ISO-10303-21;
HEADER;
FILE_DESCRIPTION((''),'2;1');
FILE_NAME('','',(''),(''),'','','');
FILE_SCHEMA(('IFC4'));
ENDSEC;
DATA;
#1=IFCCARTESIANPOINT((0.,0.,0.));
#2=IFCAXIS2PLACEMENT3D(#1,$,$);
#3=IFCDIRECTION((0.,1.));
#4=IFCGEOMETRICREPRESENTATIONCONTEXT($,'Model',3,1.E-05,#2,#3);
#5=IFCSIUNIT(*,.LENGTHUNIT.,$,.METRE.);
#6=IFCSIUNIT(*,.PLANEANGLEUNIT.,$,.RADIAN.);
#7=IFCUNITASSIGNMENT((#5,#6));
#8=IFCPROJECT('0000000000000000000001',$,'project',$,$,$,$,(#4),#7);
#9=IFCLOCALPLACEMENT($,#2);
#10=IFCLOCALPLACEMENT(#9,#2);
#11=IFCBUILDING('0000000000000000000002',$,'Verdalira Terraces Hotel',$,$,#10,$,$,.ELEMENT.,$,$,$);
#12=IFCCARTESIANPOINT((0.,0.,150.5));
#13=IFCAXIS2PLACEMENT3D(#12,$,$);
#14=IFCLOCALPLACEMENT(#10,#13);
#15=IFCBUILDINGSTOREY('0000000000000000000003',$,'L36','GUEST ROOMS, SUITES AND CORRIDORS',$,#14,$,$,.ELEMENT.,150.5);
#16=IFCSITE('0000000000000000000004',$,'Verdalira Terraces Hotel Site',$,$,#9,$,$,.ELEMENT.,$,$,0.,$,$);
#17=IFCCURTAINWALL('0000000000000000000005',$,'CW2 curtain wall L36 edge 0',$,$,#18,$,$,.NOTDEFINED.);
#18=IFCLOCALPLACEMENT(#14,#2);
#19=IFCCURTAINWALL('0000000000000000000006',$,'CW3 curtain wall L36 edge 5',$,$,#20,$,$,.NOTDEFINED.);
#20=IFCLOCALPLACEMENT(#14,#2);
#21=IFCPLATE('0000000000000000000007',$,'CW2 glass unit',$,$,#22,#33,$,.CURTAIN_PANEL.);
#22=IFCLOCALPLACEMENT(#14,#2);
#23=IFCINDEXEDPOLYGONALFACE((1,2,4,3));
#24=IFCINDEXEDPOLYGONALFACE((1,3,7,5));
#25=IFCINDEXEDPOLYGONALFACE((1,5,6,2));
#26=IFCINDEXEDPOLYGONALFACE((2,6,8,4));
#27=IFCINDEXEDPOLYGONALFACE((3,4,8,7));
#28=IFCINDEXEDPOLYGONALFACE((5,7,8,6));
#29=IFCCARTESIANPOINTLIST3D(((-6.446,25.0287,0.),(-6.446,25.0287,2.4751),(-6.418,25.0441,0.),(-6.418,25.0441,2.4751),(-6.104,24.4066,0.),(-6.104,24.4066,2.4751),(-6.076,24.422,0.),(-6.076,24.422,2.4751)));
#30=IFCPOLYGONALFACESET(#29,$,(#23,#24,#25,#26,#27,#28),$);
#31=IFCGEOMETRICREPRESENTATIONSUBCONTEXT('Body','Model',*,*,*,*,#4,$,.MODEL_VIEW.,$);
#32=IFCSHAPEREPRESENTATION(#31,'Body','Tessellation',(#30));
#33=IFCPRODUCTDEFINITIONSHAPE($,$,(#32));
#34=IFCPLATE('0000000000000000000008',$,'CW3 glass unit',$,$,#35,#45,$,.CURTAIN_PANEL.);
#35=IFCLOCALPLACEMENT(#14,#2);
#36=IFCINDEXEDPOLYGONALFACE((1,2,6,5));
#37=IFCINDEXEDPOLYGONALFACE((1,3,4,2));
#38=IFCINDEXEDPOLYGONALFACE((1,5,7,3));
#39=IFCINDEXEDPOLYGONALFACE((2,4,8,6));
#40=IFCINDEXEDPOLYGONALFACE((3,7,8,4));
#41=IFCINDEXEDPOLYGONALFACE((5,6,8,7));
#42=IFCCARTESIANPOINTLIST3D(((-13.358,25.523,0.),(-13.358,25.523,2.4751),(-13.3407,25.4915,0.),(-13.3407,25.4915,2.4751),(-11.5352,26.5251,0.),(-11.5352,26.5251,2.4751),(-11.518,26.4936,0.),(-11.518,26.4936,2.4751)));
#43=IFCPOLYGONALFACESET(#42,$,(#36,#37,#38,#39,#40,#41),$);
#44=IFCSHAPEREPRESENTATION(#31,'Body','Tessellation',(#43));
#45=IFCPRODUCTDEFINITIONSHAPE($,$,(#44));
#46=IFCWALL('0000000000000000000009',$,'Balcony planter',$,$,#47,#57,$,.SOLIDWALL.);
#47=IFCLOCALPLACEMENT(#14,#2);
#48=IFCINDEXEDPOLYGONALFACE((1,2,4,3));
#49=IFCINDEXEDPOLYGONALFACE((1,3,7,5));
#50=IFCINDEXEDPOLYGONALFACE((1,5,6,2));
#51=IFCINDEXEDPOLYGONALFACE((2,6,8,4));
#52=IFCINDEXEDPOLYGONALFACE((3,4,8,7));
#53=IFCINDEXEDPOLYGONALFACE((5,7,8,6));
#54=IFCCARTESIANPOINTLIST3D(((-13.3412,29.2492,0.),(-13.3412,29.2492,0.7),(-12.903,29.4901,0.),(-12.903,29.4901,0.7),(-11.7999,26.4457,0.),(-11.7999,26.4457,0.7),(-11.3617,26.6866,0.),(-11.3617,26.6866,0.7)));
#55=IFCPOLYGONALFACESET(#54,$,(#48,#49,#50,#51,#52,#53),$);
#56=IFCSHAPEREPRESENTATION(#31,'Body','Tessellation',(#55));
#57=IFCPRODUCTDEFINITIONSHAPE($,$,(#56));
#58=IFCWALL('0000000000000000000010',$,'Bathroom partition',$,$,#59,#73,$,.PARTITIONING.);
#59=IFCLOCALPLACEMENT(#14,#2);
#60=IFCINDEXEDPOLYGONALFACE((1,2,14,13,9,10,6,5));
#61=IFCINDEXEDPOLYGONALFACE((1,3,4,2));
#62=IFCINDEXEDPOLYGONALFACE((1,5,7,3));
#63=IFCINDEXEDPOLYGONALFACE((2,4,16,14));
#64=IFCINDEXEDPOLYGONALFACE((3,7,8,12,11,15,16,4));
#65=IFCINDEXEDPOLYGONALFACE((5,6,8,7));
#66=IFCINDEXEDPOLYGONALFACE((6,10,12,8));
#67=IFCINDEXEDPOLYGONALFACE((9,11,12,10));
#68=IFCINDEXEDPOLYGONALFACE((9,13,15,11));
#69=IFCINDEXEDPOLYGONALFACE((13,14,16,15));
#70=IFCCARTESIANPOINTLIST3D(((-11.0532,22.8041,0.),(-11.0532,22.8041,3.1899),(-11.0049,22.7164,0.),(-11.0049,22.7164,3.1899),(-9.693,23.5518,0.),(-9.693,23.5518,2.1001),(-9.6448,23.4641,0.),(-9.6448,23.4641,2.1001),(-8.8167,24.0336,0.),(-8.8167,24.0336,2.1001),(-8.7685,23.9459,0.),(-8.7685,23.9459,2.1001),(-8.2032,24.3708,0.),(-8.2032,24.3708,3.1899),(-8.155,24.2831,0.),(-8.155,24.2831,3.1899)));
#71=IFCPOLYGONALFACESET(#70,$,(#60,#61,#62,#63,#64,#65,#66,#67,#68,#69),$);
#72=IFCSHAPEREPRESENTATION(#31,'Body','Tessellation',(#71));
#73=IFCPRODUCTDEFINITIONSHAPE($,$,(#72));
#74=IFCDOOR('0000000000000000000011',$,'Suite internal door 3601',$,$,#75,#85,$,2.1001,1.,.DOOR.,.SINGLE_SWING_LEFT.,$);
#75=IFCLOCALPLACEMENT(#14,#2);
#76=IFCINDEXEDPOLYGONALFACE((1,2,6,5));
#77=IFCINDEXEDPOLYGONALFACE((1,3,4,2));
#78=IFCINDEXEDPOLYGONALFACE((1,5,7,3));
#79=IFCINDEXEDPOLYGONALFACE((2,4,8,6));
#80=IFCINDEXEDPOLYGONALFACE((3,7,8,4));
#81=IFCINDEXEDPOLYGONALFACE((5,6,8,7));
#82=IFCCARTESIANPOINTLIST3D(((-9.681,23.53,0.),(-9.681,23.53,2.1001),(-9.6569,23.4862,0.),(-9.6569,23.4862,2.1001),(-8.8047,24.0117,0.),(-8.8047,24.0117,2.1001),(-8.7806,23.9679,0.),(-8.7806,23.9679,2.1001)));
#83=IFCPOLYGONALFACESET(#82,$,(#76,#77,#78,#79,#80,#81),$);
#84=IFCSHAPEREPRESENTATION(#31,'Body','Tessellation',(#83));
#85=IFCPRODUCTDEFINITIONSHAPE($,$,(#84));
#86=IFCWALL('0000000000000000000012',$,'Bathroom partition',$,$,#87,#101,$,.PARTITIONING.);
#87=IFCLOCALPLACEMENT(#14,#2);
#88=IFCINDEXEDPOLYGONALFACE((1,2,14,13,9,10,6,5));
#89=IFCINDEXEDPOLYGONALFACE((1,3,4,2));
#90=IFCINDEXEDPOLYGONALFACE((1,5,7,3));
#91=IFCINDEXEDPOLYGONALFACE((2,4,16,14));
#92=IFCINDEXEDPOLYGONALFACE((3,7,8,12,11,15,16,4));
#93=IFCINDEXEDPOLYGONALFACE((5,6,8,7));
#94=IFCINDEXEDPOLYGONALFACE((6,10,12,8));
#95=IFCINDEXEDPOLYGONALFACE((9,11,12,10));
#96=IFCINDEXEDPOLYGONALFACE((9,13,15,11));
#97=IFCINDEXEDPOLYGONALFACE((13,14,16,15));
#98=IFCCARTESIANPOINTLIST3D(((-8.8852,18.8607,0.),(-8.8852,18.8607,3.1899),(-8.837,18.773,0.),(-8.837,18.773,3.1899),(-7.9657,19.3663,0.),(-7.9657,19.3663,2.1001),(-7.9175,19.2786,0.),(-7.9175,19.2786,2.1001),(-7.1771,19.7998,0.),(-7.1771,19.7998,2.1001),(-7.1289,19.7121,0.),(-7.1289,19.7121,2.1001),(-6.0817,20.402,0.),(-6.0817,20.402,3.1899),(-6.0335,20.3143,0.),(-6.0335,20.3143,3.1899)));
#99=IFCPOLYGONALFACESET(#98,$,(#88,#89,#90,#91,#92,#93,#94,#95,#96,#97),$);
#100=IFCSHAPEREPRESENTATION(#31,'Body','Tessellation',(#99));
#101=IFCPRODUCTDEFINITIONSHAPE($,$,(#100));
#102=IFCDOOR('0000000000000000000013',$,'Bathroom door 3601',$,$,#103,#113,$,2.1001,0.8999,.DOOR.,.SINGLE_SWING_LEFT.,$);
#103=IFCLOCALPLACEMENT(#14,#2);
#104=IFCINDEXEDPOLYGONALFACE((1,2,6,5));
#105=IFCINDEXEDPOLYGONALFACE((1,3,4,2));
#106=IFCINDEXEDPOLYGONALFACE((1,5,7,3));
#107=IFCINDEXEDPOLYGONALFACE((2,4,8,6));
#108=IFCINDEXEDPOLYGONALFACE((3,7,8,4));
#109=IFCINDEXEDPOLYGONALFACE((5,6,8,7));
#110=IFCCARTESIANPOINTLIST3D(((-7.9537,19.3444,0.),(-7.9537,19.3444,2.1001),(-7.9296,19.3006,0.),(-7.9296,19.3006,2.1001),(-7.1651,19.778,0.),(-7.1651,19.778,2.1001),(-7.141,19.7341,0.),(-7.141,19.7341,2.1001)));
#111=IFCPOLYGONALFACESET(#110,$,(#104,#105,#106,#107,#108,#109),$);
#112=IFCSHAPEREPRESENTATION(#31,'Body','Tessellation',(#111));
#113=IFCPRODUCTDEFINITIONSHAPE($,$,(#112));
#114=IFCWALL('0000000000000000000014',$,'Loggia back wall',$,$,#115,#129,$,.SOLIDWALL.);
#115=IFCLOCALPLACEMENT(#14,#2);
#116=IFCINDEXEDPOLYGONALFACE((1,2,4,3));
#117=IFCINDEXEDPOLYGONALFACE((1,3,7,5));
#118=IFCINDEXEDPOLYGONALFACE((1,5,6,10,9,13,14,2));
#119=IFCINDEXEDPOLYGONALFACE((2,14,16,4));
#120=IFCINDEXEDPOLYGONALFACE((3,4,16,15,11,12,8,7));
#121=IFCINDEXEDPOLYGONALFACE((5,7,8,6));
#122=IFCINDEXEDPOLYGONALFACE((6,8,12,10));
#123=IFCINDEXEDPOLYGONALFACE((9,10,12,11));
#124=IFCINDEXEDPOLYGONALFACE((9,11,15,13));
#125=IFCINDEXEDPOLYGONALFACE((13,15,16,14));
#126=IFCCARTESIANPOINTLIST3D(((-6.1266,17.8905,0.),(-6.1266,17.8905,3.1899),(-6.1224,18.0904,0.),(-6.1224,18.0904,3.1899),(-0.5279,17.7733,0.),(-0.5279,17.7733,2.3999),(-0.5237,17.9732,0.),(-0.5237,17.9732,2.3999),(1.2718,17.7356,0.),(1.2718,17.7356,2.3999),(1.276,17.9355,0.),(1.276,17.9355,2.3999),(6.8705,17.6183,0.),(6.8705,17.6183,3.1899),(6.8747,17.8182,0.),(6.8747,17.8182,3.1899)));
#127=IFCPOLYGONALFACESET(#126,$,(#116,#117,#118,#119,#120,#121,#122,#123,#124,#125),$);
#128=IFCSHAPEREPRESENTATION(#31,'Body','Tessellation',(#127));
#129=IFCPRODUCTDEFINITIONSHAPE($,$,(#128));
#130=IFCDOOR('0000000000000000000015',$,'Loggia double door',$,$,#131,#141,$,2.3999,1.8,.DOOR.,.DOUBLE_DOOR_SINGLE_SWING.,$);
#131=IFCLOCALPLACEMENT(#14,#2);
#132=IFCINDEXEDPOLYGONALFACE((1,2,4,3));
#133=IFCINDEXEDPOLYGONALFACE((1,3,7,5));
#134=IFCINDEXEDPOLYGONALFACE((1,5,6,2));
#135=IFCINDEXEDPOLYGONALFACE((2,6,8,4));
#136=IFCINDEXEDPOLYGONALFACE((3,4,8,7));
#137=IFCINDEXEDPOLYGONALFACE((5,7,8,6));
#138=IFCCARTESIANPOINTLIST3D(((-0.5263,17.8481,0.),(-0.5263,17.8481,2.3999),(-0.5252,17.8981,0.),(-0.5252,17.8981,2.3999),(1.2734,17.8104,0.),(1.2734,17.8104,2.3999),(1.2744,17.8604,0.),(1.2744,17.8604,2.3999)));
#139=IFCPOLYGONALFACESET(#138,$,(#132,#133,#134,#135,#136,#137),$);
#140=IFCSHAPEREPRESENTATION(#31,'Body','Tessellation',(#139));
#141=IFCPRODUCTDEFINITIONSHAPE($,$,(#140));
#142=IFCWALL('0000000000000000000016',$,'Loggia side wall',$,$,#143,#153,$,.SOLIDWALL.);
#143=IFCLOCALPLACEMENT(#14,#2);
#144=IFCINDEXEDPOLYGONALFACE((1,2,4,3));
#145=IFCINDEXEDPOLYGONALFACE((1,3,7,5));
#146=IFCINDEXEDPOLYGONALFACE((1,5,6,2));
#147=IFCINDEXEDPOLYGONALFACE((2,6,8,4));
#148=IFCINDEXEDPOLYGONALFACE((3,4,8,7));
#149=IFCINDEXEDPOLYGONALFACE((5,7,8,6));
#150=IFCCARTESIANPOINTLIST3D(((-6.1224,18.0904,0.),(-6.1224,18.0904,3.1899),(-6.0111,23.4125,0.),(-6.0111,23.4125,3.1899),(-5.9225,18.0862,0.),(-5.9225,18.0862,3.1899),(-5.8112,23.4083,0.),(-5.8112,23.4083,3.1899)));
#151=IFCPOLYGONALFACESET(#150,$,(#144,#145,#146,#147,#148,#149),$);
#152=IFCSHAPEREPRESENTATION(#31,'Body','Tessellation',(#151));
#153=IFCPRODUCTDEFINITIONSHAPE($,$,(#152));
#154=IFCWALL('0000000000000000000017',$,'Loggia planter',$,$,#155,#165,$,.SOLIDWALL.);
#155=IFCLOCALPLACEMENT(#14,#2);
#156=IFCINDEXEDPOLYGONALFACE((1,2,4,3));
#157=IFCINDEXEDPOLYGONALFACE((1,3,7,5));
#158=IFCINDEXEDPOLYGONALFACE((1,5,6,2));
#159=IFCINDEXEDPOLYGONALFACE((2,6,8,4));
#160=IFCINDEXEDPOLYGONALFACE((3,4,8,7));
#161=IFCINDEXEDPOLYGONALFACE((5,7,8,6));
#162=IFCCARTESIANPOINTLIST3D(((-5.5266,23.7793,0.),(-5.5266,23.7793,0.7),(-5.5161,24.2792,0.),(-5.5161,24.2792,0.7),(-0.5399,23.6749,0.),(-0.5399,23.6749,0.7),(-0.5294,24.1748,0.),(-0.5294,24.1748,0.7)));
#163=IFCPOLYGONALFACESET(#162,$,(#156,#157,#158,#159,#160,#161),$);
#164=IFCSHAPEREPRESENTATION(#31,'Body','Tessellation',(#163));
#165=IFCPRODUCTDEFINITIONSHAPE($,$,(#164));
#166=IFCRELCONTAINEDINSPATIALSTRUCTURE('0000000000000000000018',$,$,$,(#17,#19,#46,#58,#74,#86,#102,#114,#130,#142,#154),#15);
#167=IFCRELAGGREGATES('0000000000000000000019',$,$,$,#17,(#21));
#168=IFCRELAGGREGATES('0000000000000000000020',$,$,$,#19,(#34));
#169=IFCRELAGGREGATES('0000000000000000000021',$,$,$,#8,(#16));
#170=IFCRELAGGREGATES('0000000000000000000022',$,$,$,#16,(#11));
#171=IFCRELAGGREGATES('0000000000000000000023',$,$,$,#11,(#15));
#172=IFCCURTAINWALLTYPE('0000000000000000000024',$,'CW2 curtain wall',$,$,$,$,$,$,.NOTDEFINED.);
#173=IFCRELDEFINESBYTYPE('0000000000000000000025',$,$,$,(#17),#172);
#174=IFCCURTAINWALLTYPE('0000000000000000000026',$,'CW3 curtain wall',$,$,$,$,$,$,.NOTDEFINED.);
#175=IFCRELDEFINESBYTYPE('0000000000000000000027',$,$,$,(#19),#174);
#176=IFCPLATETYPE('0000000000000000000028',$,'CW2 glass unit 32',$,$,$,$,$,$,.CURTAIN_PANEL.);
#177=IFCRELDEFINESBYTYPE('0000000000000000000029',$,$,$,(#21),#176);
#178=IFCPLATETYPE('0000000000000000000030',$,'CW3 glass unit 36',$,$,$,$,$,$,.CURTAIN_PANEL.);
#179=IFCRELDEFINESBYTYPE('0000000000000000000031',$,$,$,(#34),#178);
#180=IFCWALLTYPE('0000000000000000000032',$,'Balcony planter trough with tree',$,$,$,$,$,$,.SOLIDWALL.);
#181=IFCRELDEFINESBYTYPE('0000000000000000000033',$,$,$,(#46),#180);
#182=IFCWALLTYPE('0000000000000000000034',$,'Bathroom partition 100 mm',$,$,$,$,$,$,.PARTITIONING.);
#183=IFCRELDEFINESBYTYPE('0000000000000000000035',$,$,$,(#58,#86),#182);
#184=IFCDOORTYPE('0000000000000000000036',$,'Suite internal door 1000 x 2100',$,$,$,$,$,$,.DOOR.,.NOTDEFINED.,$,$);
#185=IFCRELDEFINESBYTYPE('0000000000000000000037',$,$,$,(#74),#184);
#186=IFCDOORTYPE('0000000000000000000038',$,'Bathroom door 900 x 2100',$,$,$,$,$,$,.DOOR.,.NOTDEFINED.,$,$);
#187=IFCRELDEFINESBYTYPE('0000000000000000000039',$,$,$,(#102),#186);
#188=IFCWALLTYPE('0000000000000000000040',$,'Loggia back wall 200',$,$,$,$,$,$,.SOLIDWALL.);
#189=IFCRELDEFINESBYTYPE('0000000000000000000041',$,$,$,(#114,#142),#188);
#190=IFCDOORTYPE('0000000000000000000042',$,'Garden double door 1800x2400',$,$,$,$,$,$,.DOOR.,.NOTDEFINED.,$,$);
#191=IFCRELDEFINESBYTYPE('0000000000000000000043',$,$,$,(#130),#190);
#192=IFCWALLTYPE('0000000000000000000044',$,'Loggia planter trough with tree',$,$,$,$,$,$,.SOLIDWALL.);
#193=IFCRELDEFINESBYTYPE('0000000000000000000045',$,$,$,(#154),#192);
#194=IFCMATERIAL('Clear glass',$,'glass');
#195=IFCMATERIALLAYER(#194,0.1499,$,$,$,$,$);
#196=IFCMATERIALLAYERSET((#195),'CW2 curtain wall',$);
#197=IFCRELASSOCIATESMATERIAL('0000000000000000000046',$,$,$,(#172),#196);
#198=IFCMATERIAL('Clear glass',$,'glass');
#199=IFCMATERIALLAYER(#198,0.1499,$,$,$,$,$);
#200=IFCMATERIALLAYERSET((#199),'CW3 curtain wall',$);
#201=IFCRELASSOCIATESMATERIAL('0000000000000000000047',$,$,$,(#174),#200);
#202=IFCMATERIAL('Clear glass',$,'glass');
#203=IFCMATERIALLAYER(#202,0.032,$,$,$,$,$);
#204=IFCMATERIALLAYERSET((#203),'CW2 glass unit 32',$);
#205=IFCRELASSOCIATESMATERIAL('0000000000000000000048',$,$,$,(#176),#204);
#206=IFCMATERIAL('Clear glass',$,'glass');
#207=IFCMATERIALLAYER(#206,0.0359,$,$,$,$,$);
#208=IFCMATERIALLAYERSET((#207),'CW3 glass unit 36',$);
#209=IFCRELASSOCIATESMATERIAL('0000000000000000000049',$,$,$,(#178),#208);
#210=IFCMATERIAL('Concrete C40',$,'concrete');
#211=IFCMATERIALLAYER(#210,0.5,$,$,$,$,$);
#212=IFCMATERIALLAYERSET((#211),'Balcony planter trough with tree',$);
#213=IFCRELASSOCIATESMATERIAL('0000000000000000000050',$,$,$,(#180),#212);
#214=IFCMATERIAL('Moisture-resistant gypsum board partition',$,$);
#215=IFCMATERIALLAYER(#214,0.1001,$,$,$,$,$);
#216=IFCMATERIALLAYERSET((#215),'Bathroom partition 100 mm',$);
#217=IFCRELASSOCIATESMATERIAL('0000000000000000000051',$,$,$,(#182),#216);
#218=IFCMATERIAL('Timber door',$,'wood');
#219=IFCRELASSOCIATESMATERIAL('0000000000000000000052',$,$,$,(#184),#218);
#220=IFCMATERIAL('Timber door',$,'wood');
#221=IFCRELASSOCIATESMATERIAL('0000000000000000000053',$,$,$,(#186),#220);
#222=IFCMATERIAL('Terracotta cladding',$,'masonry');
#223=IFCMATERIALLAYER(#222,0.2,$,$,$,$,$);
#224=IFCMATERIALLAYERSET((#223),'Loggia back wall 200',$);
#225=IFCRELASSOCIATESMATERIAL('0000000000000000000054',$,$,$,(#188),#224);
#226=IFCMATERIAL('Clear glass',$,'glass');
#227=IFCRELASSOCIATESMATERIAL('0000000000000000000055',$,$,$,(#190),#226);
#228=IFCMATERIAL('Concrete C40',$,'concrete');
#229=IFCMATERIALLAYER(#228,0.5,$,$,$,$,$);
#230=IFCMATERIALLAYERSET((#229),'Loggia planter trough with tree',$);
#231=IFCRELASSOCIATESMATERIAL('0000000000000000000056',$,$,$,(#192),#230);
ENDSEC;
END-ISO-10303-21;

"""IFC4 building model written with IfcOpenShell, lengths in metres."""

from ifc_helpers import new_model, si_unit, direction, frame, frame_2d, origin, origin_2d, place, context, subcontext, project, spatial, rectangle, extrude, material, layer, layer_set, type_object, element, fill, aggregate, save


model = new_model("IFC4")

# Units and contexts
model_context = context("Model", 3, precision=1e-05, world=origin(), true_north=direction((0.0, 1.0)))
body_context = subcontext(model_context, "Body", "Model", "MODEL_VIEW")
ifc_project = project(units=[si_unit("LENGTHUNIT", "METRE"), si_unit("PLANEANGLEUNIT", "RADIAN")], contexts=[model_context])

# Site, building, storey
site_placement = place(None, origin())
site = spatial("IfcSite", under=ifc_project, at=site_placement, Name="Verdalira Terraces Hotel Site", CompositionType="ELEMENT", RefElevation=0.0)
building_placement = place(site_placement, origin())
building = spatial("IfcBuilding", under=site, at=building_placement, Name="Verdalira Terraces Hotel", CompositionType="ELEMENT")
storey_placement = place(building_placement, frame((0.0, 0.0, 150.5)))
storey = spatial("IfcBuildingStorey", under=building, at=storey_placement, Name="L36", Description="GUEST ROOMS, SUITES AND CORRIDORS", CompositionType="ELEMENT", Elevation=150.5)

# Curtain walls
ifc_material_1 = material(Name="Clear glass", Category="glass")
ifc_layer_1 = layer(ifc_material_1, 0.1499)
ifc_layer_set_1 = layer_set([ifc_layer_1], Name="CW2 curtain wall")
curtain_wall_type_1 = type_object("IfcCurtainWallType", Name="CW2 curtain wall", PredefinedType="NOTDEFINED", material=ifc_layer_set_1)
curtain_wall_1_placement = place(storey_placement, origin())
curtain_wall_1 = element("IfcCurtainWall", 1, at=curtain_wall_1_placement, inside=storey, type_object=curtain_wall_type_1, Name="CW2 curtain wall L36 edge 0", PredefinedType="NOTDEFINED")
ifc_material_2 = material(Name="Clear glass", Category="glass")
ifc_layer_2 = layer(ifc_material_2, 0.1499)
ifc_layer_set_2 = layer_set([ifc_layer_2], Name="CW3 curtain wall")
curtain_wall_type_2 = type_object("IfcCurtainWallType", Name="CW3 curtain wall", PredefinedType="NOTDEFINED", material=ifc_layer_set_2)
curtain_wall_2_placement = place(storey_placement, origin())
curtain_wall_2 = element("IfcCurtainWall", 2, at=curtain_wall_2_placement, inside=storey, type_object=curtain_wall_type_2, Name="CW3 curtain wall L36 edge 5", PredefinedType="NOTDEFINED")

# Plates
ifc_material_3 = material(Name="Clear glass", Category="glass")
ifc_layer_3 = layer(ifc_material_3, 0.032)
ifc_layer_set_3 = layer_set([ifc_layer_3], Name="CW2 glass unit 32")
plate_type_1 = type_object("IfcPlateType", Name="CW2 glass unit 32", PredefinedType="CURTAIN_PANEL", material=ifc_layer_set_3)
plate_1_placement = place(storey_placement, frame((-6.261, 24.7253, 0.0), z_axis=(0.0, 0.0, 1.0), x_axis=(-0.481754, 0.876307, 0.0)))
plate_1 = element("IfcPlate", 3, at=plate_1_placement, type_object=plate_type_1, Name="CW2 glass unit", PredefinedType="CURTAIN_PANEL", context=body_context, shape_type="SweptSolid", body=[
    extrude(rectangle(XDim=0.71, YDim=0.032, at=origin_2d()), origin(), (0.0, 0.0, 1.0), 2.4751),
])
aggregate(curtain_wall_1, [plate_1])
ifc_material_4 = material(Name="Clear glass", Category="glass")
ifc_layer_4 = layer(ifc_material_4, 0.0359)
ifc_layer_set_4 = layer_set([ifc_layer_4], Name="CW3 glass unit 36")
plate_type_2 = type_object("IfcPlateType", Name="CW3 glass unit 36", PredefinedType="CURTAIN_PANEL", material=ifc_layer_set_4)
plate_2_placement = place(storey_placement, frame((-12.438, 26.0083, 0.0), z_axis=(0.0, 0.0, 1.0), x_axis=(-0.876307, -0.481754, 0.0)))
plate_2 = element("IfcPlate", 4, at=plate_2_placement, type_object=plate_type_2, Name="CW3 glass unit", PredefinedType="CURTAIN_PANEL", context=body_context, shape_type="SweptSolid", body=[
    extrude(rectangle(XDim=2.0801, YDim=0.0359, at=origin_2d()), origin(), (0.0, 0.0, 1.0), 2.4751),
])
aggregate(curtain_wall_2, [plate_2])

# Wall
ifc_material_5 = material(Name="Concrete C40", Category="concrete")
ifc_layer_5 = layer(ifc_material_5, 0.5)
ifc_layer_set_5 = layer_set([ifc_layer_5], Name="Balcony planter trough with tree")
wall_type_1 = type_object("IfcWallType", Name="Balcony planter trough with tree", PredefinedType="SOLIDWALL", material=ifc_layer_set_5)
wall_1_placement = place(storey_placement, frame((-11.5808, 26.5662, 0.0), z_axis=(0.0, 0.0, 1.0), x_axis=(-0.481763, 0.876301, 0.0)))
element("IfcWall", 5, at=wall_1_placement, inside=storey, type_object=wall_type_1, Name="Balcony planter", PredefinedType="SOLIDWALL", context=body_context, shape_type="SweptSolid", body=[
    extrude(rectangle(XDim=3.1992, YDim=0.5, at=frame_2d((1.5996, 0.0))), origin(), (0.0, 0.0, 1.0), 0.7),
])

# Walls, openings, doors
ifc_material_6 = material(Name="Moisture-resistant gypsum board partition")
ifc_layer_6 = layer(ifc_material_6, 0.1001)
ifc_layer_set_6 = layer_set([ifc_layer_6], Name="Bathroom partition 100 mm")
wall_type_2 = type_object("IfcWallType", Name="Bathroom partition 100 mm", PredefinedType="PARTITIONING", material=ifc_layer_set_6)
wall_2_placement = place(storey_placement, frame((-8.1792, 24.3269, 0.0), z_axis=(0.0, 0.0, 1.0), x_axis=(-0.876316, -0.481737, 0.0)))
wall_2 = element("IfcWall", 6, at=wall_2_placement, inside=storey, type_object=wall_type_2, Name="Bathroom partition", PredefinedType="PARTITIONING", context=body_context, shape_type="SweptSolid", body=[
    extrude(rectangle(XDim=3.2522, YDim=0.1001, at=frame_2d((1.626, 0.0))), origin(), (0.0, 0.0, 1.0), 3.1899),
])
opening_1_placement = place(wall_2_placement, frame((0.7, 0.0, 0.0)))
opening_1 = element("IfcOpeningElement", 7, at=opening_1_placement, cuts=wall_2, PredefinedType="OPENING", context=body_context, shape_type="SweptSolid", body=[
    extrude(rectangle(XDim=1.0, YDim=2.1001, at=frame_2d((0.5, 1.05))), frame((0.0, 0.0601, 0.0), z_axis=(0.0, -1.0, 0.0), x_axis=(1.0, 0.0, 0.0)), (0.0, 0.0, 1.0), 0.1201),
])
ifc_material_7 = material(Name="Timber door", Category="wood")
door_type_1 = type_object("IfcDoorType", Name="Suite internal door 1000 x 2100", OperationType="NOTDEFINED", PredefinedType="DOOR", material=ifc_material_7)
door_1_placement = place(opening_1_placement, origin())
door_1 = element("IfcDoor", 8, at=door_1_placement, inside=storey, type_object=door_type_1, Name="Suite internal door 3601", OperationType="SINGLE_SWING_LEFT", OverallHeight=2.1001, OverallWidth=1.0, PredefinedType="DOOR", context=body_context, shape_type="SweptSolid", body=[
    extrude(rectangle(XDim=1.0, YDim=2.1001, at=frame_2d((0.5, 1.05))), frame((0.0, 0.0249, 0.0), z_axis=(0.0, -1.0, 0.0), x_axis=(1.0, 0.0, 0.0)), (0.0, 0.0, 1.0), 0.05),
])
fill(opening_1, door_1)
wall_3_placement = place(storey_placement, frame((-6.0576, 20.3582, 0.0), z_axis=(0.0, 0.0, 1.0), x_axis=(-0.876301, -0.481763, 0.0)))
wall_3 = element("IfcWall", 9, at=wall_3_placement, inside=storey, type_object=wall_type_2, Name="Bathroom partition", PredefinedType="PARTITIONING", context=body_context, shape_type="SweptSolid", body=[
    extrude(rectangle(XDim=3.1992, YDim=0.1001, at=frame_2d((1.5996, 0.0))), origin(), (0.0, 0.0, 1.0), 3.1899),
])
opening_2_placement = place(wall_3_placement, frame((1.25, 0.0, 0.0)))
opening_2 = element("IfcOpeningElement", 10, at=opening_2_placement, cuts=wall_3, PredefinedType="OPENING", context=body_context, shape_type="SweptSolid", body=[
    extrude(rectangle(XDim=0.8999, YDim=2.1001, at=frame_2d((0.45, 1.05))), frame((0.0, 0.0601, 0.0), z_axis=(0.0, -1.0, 0.0), x_axis=(1.0, 0.0, 0.0)), (0.0, 0.0, 1.0), 0.1201),
])
ifc_material_8 = material(Name="Timber door", Category="wood")
door_type_2 = type_object("IfcDoorType", Name="Bathroom door 900 x 2100", OperationType="NOTDEFINED", PredefinedType="DOOR", material=ifc_material_8)
door_2_placement = place(opening_2_placement, origin())
door_2 = element("IfcDoor", 11, at=door_2_placement, inside=storey, type_object=door_type_2, Name="Bathroom door 3601", OperationType="SINGLE_SWING_LEFT", OverallHeight=2.1001, OverallWidth=0.8999, PredefinedType="DOOR", context=body_context, shape_type="SweptSolid", body=[
    extrude(rectangle(XDim=0.8999, YDim=2.1001, at=frame_2d((0.45, 1.05))), frame((0.0, 0.0249, 0.0), z_axis=(0.0, -1.0, 0.0), x_axis=(1.0, 0.0, 0.0)), (0.0, 0.0, 1.0), 0.05),
])
fill(opening_2, door_2)
ifc_material_9 = material(Name="Terracotta cladding", Category="masonry")
ifc_layer_7 = layer(ifc_material_9, 0.2)
ifc_layer_set_7 = layer_set([ifc_layer_7], Name="Loggia back wall 200")
wall_type_3 = type_object("IfcWallType", Name="Loggia back wall 200", PredefinedType="SOLIDWALL", material=ifc_layer_set_7)
wall_4_placement = place(storey_placement, frame((-6.1245, 17.9905, 0.0), z_axis=(0.0, 0.0, 1.0), x_axis=(0.999781, -0.02094, 0.0)))
wall_4 = element("IfcWall", 12, at=wall_4_placement, inside=storey, type_object=wall_type_3, Name="Loggia back wall", PredefinedType="SOLIDWALL", context=body_context, shape_type="SweptSolid", body=[
    extrude(rectangle(XDim=13.0, YDim=0.2, at=frame_2d((6.5, 0.0))), origin(), (0.0, 0.0, 1.0), 3.1899),
])
opening_3_placement = place(wall_4_placement, frame((5.6001, 0.0, 0.0)))
opening_3 = element("IfcOpeningElement", 13, at=opening_3_placement, cuts=wall_4, PredefinedType="OPENING", context=body_context, shape_type="SweptSolid", body=[
    extrude(rectangle(XDim=1.8, YDim=2.3999, at=frame_2d((0.8999, 1.2))), frame((0.0, 0.1099, 0.0), z_axis=(0.0, -1.0, 0.0), x_axis=(1.0, 0.0, 0.0)), (0.0, 0.0, 1.0), 0.22),
])
ifc_material_10 = material(Name="Clear glass", Category="glass")
door_type_3 = type_object("IfcDoorType", Name="Garden double door 1800x2400", OperationType="NOTDEFINED", PredefinedType="DOOR", material=ifc_material_10)
door_3_placement = place(opening_3_placement, origin())
door_3 = element("IfcDoor", 14, at=door_3_placement, inside=storey, type_object=door_type_3, Name="Loggia double door", OperationType="DOUBLE_DOOR_SINGLE_SWING", OverallHeight=2.3999, OverallWidth=1.8, PredefinedType="DOOR", context=body_context, shape_type="SweptSolid", body=[
    extrude(rectangle(XDim=1.8, YDim=2.3999, at=frame_2d((0.8999, 1.2))), frame((0.0, 0.0249, 0.0), z_axis=(0.0, -1.0, 0.0), x_axis=(1.0, 0.0, 0.0)), (0.0, 0.0, 1.0), 0.05),
])
fill(opening_3, door_3)

# Walls
wall_5_placement = place(storey_placement, frame((-5.9111, 23.4104, 0.0), z_axis=(0.0, 0.0, 1.0), x_axis=(-0.020914, -0.999781, 0.0)))
element("IfcWall", 15, at=wall_5_placement, inside=storey, type_object=wall_type_3, Name="Loggia side wall", PredefinedType="SOLIDWALL", context=body_context, shape_type="SweptSolid", body=[
    extrude(rectangle(XDim=5.3232, YDim=0.2, at=frame_2d((2.6616, 0.0))), origin(), (0.0, 0.0, 1.0), 3.1899),
])
ifc_material_11 = material(Name="Concrete C40", Category="concrete")
ifc_layer_8 = layer(ifc_material_11, 0.5)
ifc_layer_set_8 = layer_set([ifc_layer_8], Name="Loggia planter trough with tree")
wall_type_4 = type_object("IfcWallType", Name="Loggia planter trough with tree", PredefinedType="SOLIDWALL", material=ifc_layer_set_8)
wall_6_placement = place(storey_placement, frame((-0.5347, 23.9248, 0.0), z_axis=(0.0, 0.0, 1.0), x_axis=(-0.999781, 0.020949, 0.0)))
element("IfcWall", 16, at=wall_6_placement, inside=storey, type_object=wall_type_4, Name="Loggia planter", PredefinedType="SOLIDWALL", context=body_context, shape_type="SweptSolid", body=[
    extrude(rectangle(XDim=4.9878, YDim=0.5, at=frame_2d((2.4939, 0.0))), origin(), (0.0, 0.0, 1.0), 0.7),
])

save(model, "model.ifc")
